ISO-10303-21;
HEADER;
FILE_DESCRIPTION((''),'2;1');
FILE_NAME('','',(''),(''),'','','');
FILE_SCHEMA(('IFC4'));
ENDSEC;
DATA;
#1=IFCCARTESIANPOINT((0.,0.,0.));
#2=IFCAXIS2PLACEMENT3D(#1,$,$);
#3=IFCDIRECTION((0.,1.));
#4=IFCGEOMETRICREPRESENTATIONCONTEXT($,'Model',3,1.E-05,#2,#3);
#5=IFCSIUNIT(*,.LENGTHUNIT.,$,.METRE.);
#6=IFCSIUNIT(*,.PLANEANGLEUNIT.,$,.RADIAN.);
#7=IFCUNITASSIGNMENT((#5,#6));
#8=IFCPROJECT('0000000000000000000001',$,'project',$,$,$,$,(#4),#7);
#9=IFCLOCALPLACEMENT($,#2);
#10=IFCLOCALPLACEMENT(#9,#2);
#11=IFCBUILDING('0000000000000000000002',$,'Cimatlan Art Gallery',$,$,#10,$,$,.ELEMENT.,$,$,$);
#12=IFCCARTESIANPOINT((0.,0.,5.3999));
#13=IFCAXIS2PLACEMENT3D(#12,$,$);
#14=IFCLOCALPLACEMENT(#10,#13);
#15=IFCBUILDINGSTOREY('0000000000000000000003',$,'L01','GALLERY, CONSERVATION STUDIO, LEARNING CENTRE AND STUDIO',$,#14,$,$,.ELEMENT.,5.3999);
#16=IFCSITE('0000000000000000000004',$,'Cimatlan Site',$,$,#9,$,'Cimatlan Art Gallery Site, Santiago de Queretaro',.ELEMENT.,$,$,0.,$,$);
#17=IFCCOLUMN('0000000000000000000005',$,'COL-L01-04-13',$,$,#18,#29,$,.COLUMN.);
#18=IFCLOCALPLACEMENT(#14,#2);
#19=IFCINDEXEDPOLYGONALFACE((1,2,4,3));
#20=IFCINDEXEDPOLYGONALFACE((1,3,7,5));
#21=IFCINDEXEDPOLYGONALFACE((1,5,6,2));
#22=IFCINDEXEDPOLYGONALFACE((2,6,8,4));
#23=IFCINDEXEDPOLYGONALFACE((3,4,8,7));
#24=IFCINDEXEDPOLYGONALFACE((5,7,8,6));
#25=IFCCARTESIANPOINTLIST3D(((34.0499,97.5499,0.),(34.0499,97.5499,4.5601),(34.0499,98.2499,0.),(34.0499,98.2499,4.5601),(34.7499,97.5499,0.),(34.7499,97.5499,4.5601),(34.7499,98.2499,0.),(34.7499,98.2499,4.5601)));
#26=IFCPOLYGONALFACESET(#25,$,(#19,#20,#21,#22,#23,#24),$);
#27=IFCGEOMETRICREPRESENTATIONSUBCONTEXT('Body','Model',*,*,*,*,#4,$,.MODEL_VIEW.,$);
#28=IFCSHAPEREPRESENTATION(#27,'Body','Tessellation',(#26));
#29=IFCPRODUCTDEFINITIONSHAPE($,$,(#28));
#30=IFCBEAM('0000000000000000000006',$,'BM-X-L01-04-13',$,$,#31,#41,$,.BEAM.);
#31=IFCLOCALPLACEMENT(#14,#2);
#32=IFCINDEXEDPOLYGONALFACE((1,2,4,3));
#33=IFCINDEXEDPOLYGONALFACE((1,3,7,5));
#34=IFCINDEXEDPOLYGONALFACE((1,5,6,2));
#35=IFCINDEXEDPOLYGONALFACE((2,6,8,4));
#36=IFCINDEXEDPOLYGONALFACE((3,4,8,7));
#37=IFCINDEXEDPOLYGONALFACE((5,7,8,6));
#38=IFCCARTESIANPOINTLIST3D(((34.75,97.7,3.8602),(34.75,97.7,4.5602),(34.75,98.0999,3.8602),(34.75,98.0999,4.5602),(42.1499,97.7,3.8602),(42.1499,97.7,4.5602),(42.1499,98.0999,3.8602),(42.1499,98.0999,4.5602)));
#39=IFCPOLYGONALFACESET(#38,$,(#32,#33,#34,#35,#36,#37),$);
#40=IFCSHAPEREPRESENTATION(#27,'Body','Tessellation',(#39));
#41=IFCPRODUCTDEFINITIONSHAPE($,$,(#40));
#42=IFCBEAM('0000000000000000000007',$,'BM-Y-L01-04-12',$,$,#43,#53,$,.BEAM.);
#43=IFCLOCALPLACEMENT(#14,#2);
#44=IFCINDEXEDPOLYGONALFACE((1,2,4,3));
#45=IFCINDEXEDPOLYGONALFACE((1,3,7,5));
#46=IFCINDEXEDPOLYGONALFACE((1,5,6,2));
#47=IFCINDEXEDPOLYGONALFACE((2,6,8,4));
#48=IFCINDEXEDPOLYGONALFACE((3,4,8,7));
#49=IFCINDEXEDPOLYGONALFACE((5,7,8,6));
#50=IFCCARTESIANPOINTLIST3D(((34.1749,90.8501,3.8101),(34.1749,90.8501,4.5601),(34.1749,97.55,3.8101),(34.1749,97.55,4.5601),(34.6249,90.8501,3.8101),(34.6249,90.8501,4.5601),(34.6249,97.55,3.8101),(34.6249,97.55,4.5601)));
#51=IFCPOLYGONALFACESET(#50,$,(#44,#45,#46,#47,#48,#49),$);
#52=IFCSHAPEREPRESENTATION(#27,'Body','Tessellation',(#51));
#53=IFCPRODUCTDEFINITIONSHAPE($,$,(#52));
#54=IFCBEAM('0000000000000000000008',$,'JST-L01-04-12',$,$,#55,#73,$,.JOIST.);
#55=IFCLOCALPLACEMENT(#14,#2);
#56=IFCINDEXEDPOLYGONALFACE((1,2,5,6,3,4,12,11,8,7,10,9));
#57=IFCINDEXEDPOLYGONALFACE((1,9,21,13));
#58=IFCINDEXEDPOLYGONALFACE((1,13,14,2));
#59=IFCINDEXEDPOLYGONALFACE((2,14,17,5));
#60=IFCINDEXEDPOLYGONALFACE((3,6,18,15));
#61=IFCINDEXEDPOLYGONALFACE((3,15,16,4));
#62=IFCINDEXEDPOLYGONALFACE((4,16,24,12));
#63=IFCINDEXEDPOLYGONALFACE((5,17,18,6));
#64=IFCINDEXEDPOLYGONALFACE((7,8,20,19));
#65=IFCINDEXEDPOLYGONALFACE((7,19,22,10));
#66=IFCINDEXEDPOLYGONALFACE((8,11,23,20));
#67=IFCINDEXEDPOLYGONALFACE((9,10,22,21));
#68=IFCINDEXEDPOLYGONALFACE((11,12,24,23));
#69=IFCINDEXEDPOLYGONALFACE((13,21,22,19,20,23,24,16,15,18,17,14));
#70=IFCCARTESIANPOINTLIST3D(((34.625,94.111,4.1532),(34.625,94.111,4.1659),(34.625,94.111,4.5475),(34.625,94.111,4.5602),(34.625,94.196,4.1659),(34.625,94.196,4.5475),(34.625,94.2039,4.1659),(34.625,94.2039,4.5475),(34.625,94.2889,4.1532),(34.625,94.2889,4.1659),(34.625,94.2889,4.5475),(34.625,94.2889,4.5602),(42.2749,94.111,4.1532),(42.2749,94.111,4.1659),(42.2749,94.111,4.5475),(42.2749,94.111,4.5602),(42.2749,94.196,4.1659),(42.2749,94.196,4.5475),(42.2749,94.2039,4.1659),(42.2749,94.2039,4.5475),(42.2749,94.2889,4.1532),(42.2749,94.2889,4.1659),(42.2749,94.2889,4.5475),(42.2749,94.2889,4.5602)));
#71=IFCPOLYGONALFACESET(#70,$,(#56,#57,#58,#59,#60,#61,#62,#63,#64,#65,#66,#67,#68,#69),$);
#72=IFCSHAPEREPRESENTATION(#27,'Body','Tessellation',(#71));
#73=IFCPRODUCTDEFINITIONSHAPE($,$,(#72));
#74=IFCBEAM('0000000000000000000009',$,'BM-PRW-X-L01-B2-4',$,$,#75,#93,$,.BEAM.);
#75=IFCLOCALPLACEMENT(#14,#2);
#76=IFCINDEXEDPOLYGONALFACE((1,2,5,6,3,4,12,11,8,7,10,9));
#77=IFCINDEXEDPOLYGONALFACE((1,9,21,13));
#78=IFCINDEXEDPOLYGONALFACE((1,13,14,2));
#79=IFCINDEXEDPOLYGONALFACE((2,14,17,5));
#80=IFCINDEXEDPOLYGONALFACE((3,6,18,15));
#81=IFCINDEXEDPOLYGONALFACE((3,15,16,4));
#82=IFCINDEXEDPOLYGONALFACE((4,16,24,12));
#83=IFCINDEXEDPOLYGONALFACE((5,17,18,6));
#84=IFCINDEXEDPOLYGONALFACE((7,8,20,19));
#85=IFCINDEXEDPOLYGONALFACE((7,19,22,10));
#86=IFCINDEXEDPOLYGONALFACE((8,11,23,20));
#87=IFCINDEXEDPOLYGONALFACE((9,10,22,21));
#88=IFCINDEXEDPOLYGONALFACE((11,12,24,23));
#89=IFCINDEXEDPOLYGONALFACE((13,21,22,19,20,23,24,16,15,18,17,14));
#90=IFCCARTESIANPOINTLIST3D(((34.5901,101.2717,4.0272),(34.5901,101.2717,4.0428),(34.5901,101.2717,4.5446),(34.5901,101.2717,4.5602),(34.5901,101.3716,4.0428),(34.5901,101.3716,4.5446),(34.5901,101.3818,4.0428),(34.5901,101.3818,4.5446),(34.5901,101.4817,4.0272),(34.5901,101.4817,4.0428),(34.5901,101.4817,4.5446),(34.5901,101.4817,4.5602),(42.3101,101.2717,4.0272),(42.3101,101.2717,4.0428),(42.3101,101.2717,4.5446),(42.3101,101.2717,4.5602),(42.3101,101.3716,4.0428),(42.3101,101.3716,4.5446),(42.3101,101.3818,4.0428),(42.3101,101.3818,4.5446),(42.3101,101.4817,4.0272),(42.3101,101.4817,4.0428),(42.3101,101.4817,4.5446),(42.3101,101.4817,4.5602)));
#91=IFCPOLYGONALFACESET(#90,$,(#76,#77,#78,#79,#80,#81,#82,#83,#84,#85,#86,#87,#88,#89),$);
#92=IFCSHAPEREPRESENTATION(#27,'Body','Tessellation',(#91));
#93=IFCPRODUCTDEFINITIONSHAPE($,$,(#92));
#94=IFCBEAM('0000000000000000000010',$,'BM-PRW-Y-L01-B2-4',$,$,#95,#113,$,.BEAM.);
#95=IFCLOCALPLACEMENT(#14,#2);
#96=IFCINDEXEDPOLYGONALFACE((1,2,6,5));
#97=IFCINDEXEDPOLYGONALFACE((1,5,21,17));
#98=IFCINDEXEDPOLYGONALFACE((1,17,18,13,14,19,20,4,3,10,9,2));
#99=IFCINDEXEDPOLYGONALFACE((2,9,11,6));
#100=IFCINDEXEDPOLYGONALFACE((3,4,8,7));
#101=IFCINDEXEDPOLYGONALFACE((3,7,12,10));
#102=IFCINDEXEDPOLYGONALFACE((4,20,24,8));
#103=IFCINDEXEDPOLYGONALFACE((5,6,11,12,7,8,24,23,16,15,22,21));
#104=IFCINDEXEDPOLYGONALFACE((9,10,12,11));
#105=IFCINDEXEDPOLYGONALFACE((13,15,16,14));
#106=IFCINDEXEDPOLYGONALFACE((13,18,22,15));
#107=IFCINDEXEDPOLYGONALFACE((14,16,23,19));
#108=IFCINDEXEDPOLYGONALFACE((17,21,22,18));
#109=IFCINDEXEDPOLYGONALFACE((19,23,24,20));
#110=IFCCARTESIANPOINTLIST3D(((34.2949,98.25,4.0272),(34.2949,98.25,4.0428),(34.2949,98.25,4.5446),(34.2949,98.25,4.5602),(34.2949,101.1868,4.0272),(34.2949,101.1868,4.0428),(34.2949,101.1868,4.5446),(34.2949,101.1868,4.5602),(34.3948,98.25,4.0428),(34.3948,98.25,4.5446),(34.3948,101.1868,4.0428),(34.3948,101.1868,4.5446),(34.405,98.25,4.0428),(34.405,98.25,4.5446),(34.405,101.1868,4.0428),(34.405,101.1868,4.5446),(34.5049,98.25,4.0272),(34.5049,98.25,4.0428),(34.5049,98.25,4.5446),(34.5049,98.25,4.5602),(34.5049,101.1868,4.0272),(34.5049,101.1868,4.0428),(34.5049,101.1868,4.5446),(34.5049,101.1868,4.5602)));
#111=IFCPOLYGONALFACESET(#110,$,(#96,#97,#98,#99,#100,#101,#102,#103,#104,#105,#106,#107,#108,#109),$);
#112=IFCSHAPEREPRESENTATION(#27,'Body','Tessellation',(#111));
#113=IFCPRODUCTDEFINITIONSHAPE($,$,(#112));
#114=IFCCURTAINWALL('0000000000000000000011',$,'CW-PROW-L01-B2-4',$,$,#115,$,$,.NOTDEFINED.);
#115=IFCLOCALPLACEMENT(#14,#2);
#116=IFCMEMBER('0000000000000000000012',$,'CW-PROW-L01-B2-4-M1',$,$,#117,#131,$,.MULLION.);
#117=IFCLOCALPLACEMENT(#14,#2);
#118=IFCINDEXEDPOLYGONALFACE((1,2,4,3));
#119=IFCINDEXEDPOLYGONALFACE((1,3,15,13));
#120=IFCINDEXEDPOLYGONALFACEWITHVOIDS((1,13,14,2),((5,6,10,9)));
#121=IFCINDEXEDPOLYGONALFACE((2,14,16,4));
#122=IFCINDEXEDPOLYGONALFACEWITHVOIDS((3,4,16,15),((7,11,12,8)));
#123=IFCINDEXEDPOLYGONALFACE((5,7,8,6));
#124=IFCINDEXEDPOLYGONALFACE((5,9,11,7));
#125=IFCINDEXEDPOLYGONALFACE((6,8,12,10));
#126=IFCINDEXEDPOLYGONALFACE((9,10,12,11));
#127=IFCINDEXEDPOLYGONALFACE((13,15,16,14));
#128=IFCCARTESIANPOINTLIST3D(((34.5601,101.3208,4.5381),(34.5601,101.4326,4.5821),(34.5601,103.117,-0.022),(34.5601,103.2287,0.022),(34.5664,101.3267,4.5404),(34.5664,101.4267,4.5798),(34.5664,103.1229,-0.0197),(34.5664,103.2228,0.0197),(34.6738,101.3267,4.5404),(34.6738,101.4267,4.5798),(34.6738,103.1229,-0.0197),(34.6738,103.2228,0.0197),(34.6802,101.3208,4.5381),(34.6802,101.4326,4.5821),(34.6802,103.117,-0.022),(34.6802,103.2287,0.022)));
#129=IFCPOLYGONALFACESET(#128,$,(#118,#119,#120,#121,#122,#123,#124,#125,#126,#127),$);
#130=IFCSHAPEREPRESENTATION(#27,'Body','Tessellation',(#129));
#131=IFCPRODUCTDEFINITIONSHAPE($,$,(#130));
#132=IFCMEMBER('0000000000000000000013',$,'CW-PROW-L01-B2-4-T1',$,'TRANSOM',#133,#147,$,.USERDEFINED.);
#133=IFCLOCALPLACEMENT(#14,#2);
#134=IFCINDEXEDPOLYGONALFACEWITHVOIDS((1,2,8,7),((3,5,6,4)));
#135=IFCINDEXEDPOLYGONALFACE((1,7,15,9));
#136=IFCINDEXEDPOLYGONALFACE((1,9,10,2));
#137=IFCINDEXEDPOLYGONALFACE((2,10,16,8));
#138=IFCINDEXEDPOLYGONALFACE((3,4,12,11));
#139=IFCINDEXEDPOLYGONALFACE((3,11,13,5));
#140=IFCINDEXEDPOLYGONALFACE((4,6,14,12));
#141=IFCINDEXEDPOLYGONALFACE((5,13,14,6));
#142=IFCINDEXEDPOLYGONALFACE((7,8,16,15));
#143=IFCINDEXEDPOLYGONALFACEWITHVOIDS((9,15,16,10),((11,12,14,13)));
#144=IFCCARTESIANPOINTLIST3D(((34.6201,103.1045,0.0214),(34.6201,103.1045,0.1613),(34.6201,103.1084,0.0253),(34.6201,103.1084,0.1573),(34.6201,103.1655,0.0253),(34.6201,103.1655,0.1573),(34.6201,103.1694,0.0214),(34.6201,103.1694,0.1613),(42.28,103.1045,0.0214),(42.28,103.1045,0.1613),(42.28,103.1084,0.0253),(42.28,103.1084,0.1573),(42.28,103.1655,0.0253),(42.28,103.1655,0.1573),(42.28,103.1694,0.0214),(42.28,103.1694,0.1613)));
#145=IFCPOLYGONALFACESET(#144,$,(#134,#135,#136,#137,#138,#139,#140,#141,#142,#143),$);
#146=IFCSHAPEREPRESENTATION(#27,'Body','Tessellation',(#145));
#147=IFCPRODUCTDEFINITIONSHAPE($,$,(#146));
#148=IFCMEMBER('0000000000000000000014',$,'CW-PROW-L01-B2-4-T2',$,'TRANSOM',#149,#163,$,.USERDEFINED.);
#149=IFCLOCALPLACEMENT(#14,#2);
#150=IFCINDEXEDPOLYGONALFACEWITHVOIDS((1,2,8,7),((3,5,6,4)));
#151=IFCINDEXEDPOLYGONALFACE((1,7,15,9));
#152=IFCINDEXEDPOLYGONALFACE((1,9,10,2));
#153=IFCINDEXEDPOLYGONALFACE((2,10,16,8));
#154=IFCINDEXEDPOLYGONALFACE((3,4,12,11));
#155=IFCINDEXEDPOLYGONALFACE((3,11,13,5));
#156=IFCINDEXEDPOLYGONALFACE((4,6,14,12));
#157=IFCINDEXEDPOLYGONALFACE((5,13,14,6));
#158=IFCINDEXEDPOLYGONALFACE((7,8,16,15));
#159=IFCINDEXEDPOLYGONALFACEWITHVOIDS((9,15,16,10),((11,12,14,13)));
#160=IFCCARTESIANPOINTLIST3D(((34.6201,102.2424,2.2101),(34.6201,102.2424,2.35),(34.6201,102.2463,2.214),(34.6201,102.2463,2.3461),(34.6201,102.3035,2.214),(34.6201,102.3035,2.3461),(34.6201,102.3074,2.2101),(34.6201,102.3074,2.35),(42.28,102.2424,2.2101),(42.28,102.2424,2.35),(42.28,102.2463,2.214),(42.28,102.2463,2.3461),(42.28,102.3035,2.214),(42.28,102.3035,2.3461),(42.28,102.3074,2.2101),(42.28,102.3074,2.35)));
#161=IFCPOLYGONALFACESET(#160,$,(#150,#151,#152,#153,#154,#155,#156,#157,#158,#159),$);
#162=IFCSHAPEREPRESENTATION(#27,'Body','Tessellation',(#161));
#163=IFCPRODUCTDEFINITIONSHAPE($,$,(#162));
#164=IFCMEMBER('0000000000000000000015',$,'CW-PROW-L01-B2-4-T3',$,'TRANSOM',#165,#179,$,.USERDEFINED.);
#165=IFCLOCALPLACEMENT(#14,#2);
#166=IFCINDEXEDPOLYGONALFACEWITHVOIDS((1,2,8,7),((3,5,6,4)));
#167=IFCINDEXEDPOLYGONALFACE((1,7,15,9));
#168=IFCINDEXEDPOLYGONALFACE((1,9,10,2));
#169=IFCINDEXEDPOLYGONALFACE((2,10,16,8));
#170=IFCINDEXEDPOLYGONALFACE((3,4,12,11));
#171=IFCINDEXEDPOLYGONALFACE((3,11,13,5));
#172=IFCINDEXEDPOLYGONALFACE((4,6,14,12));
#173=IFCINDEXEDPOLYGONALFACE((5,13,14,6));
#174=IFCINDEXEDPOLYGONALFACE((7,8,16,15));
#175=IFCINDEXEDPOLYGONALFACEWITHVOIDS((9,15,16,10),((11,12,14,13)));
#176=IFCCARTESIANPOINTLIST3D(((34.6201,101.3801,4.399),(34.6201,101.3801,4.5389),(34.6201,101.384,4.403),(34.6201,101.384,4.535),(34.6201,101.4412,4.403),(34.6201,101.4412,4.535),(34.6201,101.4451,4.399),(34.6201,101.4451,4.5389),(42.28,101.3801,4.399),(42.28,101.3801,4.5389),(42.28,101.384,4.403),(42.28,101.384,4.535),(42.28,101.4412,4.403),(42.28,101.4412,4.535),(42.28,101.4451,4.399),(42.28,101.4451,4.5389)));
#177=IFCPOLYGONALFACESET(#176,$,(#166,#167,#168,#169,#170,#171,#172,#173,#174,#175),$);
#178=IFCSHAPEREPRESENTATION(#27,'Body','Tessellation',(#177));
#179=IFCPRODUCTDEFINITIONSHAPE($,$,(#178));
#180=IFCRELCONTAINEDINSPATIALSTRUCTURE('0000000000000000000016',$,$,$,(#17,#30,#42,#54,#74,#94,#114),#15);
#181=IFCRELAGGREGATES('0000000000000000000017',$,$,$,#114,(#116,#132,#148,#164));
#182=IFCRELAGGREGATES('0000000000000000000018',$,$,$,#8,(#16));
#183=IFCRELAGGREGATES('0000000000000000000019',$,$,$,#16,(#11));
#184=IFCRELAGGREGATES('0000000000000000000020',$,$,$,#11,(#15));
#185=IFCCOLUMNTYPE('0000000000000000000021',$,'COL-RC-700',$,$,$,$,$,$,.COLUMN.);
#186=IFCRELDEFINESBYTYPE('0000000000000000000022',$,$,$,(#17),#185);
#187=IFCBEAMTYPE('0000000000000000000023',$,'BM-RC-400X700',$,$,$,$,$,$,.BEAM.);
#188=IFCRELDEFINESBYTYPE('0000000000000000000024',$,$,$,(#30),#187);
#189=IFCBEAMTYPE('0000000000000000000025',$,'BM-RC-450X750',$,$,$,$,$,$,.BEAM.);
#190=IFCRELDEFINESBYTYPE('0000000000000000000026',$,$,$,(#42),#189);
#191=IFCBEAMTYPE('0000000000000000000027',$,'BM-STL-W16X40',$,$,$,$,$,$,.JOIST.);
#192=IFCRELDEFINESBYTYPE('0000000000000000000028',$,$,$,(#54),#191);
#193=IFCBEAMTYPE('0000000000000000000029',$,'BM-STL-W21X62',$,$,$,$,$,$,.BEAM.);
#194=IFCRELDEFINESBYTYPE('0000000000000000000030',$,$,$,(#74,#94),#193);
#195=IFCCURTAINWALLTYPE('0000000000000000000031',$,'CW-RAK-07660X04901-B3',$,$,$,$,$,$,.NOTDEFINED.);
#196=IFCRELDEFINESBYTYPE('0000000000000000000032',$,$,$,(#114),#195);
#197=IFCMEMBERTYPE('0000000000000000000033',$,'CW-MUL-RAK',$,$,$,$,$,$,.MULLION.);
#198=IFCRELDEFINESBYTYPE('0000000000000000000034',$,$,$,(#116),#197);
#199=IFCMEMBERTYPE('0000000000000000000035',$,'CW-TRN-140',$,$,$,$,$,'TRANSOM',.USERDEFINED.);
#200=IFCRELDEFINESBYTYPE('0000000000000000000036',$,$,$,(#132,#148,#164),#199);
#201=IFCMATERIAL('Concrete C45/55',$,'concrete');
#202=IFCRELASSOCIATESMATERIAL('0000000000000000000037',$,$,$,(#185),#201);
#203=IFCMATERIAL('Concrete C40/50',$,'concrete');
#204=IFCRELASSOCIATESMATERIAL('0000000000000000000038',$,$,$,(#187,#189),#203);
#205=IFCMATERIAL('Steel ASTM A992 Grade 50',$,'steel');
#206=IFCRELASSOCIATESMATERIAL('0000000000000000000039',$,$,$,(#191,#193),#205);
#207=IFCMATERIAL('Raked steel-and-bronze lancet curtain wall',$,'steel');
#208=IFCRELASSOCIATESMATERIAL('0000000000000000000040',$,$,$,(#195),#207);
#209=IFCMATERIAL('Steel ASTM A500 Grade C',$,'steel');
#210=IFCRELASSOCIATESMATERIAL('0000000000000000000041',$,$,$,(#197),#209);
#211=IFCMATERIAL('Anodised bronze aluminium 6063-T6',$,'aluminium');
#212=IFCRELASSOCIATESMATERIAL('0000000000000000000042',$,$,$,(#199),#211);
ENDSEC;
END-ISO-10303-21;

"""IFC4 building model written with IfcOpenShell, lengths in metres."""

from ifc_helpers import new_model, si_unit, direction, frame, origin, origin_2d, place, context, subcontext, project, spatial, rectangle, hollow_rectangle, i_section, extrude, material, material_profile, profile_set, type_object, element, aggregate, save


model = new_model("IFC4")

# Units and contexts
model_context = context("Model", 3, precision=1e-05, world=origin(), true_north=direction((0.0, 1.0)))
body_context = subcontext(model_context, "Body", "Model", "MODEL_VIEW")
ifc_project = project(units=[si_unit("LENGTHUNIT", "METRE"), si_unit("PLANEANGLEUNIT", "RADIAN")], contexts=[model_context])

# Site, building, storey
site_placement = place(None, origin())
site = spatial("IfcSite", under=ifc_project, at=site_placement, Name="Cimatlan Site", LongName="Cimatlan Art Gallery Site, Santiago de Queretaro", CompositionType="ELEMENT", RefElevation=0.0)
building_placement = place(site_placement, origin())
building = spatial("IfcBuilding", under=site, at=building_placement, Name="Cimatlan Art Gallery", CompositionType="ELEMENT")
storey_placement = place(building_placement, frame((0.0, 0.0, 5.3999)))
storey = spatial("IfcBuildingStorey", under=building, at=storey_placement, Name="L01", Description="GALLERY, CONSERVATION STUDIO, LEARNING CENTRE AND STUDIO", CompositionType="ELEMENT", Elevation=5.3999)

# Column
ifc_material_1 = material(Name="Concrete C45/55", Category="concrete")
ifc_material_profile_1 = material_profile(ifc_material_1, rectangle(XDim=0.7, YDim=0.7, at=origin_2d()), Name="RC700X700")
ifc_profile_set_1 = profile_set([ifc_material_profile_1], Name="Concrete C45/55")
column_type = type_object("IfcColumnType", Name="COL-RC-700", PredefinedType="COLUMN", material=ifc_profile_set_1)
column_placement = place(storey_placement, frame((34.3999, 97.8999, 0.0), z_axis=(0.0, 0.0, 1.0), x_axis=(1.0, 0.0, 0.0)))
element("IfcColumn", 1, at=column_placement, inside=storey, type_object=column_type, Name="COL-L01-04-13", PredefinedType="COLUMN", context=body_context, shape_type="SweptSolid", body=[
    extrude(rectangle(XDim=0.7, YDim=0.7, at=origin_2d()), origin(), (0.0, 0.0, 1.0), 4.5601),
])

# Beams
ifc_material_2 = material(Name="Concrete C40/50", Category="concrete")
ifc_material_profile_2 = material_profile(ifc_material_2, rectangle(XDim=0.3999, YDim=0.7, at=origin_2d()), Name="RC400X700")
ifc_profile_set_2 = profile_set([ifc_material_profile_2], Name="Concrete C40/50")
beam_type_1 = type_object("IfcBeamType", Name="BM-RC-400X700", PredefinedType="BEAM", material=ifc_profile_set_2)
beam_1_placement = place(storey_placement, frame((34.75, 97.8999, 4.2102), z_axis=(1.0, 0.0, 0.0), x_axis=(0.0, 1.0, 0.0)))
element("IfcBeam", 2, at=beam_1_placement, inside=storey, type_object=beam_type_1, Name="BM-X-L01-04-13", PredefinedType="BEAM", context=body_context, shape_type="SweptSolid", body=[
    extrude(rectangle(XDim=0.3999, YDim=0.7, at=origin_2d()), origin(), (0.0, 0.0, 1.0), 7.3999),
])
ifc_material_profile_3 = material_profile(ifc_material_2, rectangle(XDim=0.45, YDim=0.75, at=origin_2d()), Name="RC450X750")
ifc_profile_set_3 = profile_set([ifc_material_profile_3], Name="Concrete C40/50")
beam_type_2 = type_object("IfcBeamType", Name="BM-RC-450X750", PredefinedType="BEAM", material=ifc_profile_set_3)
beam_2_placement = place(storey_placement, frame((34.3999, 90.8501, 4.1851), z_axis=(0.0, 1.0, 0.0), x_axis=(-1.0, 0.0, 0.0)))
element("IfcBeam", 3, at=beam_2_placement, inside=storey, type_object=beam_type_2, Name="BM-Y-L01-04-12", PredefinedType="BEAM", context=body_context, shape_type="SweptSolid", body=[
    extrude(rectangle(XDim=0.45, YDim=0.75, at=origin_2d()), origin(), (0.0, 0.0, 1.0), 6.7),
])
ifc_material_3 = material(Name="Steel ASTM A992 Grade 50", Category="steel")
ifc_material_profile_4 = material_profile(ifc_material_3, i_section(OverallWidth=0.178, OverallDepth=0.407, WebThickness=0.0078, FlangeThickness=0.0127, at=origin_2d()), Name="W16X40")
ifc_profile_set_4 = profile_set([ifc_material_profile_4], Name="Steel ASTM A992 Grade 50")
beam_type_3 = type_object("IfcBeamType", Name="BM-STL-W16X40", PredefinedType="JOIST", material=ifc_profile_set_4)
beam_3_placement = place(storey_placement, frame((34.625, 94.2, 4.3567), z_axis=(1.0, 0.0, 0.0), x_axis=(0.0, 1.0, 0.0)))
element("IfcBeam", 4, at=beam_3_placement, inside=storey, type_object=beam_type_3, Name="JST-L01-04-12", PredefinedType="JOIST", context=body_context, shape_type="SweptSolid", body=[
    extrude(i_section(OverallWidth=0.178, OverallDepth=0.407, WebThickness=0.0078, FlangeThickness=0.0127, at=origin_2d()), origin(), (0.0, 0.0, 1.0), 7.6499),
])
ifc_material_profile_5 = material_profile(ifc_material_3, i_section(OverallWidth=0.21, OverallDepth=0.533, WebThickness=0.0103, FlangeThickness=0.0156, at=origin_2d()), Name="W21X62")
ifc_profile_set_5 = profile_set([ifc_material_profile_5], Name="Steel ASTM A992 Grade 50")
beam_type_4 = type_object("IfcBeamType", Name="BM-STL-W21X62", PredefinedType="BEAM", material=ifc_profile_set_5)
beam_4_placement = place(storey_placement, frame((34.5901, 101.3767, 4.2937), z_axis=(1.0, 0.0, 0.0), x_axis=(0.0, 1.0, 0.0)))
element("IfcBeam", 5, at=beam_4_placement, inside=storey, type_object=beam_type_4, Name="BM-PRW-X-L01-B2-4", PredefinedType="BEAM", context=body_context, shape_type="SweptSolid", body=[
    extrude(i_section(OverallWidth=0.21, OverallDepth=0.533, WebThickness=0.0103, FlangeThickness=0.0156, at=origin_2d()), origin(), (0.0, 0.0, 1.0), 7.72),
])
beam_5_placement = place(storey_placement, frame((34.3999, 98.25, 4.2937), z_axis=(0.0, 1.0, 0.0), x_axis=(-1.0, 0.0, 0.0)))
element("IfcBeam", 6, at=beam_5_placement, inside=storey, type_object=beam_type_4, Name="BM-PRW-Y-L01-B2-4", PredefinedType="BEAM", context=body_context, shape_type="SweptSolid", body=[
    extrude(i_section(OverallWidth=0.21, OverallDepth=0.533, WebThickness=0.0103, FlangeThickness=0.0156, at=origin_2d()), origin(), (0.0, 0.0, 1.0), 2.9368),
])

# Curtain wall, members
ifc_material_4 = material(Name="Raked steel-and-bronze lancet curtain wall", Category="steel")
curtain_wall_type = type_object("IfcCurtainWallType", Name="CW-RAK-07660X04901-B3", PredefinedType="NOTDEFINED", material=ifc_material_4)
curtain_wall_placement = place(storey_placement, origin())
curtain_wall = element("IfcCurtainWall", 7, at=curtain_wall_placement, inside=storey, type_object=curtain_wall_type, Name="CW-PROW-L01-B2-4", PredefinedType="NOTDEFINED")
ifc_material_5 = material(Name="Steel ASTM A500 Grade C", Category="steel")
ifc_material_profile_6 = material_profile(ifc_material_5, hollow_rectangle(XDim=0.1201, YDim=0.1201, WallThickness=0.0063, at=origin_2d()), Name="HSS120X120X6")
ifc_profile_set_6 = profile_set([ifc_material_profile_6], Name="Steel ASTM A500 Grade C")
member_type_1 = type_object("IfcMemberType", Name="CW-MUL-RAK", PredefinedType="MULLION", material=ifc_profile_set_6)
member_1_placement = place(storey_placement, frame((34.6201, 103.1729, 0.0), z_axis=(0.0, -0.366481, 0.930425), x_axis=(1.0, 0.0, 0.0)))
member_1 = element("IfcMember", 8, at=member_1_placement, type_object=member_type_1, Name="CW-PROW-L01-B2-4-M1", PredefinedType="MULLION", context=body_context, shape_type="SweptSolid", body=[
    extrude(hollow_rectangle(XDim=0.1201, YDim=0.1201, WallThickness=0.0063, at=origin_2d()), origin(), (0.0, 0.0, 1.0), 4.9011),
])
ifc_material_6 = material(Name="Anodised bronze aluminium 6063-T6", Category="aluminium")
ifc_material_profile_7 = material_profile(ifc_material_6, hollow_rectangle(XDim=0.0649, YDim=0.1399, WallThickness=0.0039, at=origin_2d()), Name="ALU65X140X4")
ifc_profile_set_7 = profile_set([ifc_material_profile_7], Name="Anodised bronze aluminium 6063-T6")
member_type_2 = type_object("IfcMemberType", Name="CW-TRN-140", ElementType="TRANSOM", PredefinedType="USERDEFINED", material=ifc_profile_set_7)
member_2_placement = place(storey_placement, frame((34.6201, 103.137, 0.0913), z_axis=(1.0, 0.0, 0.0), x_axis=(0.0, 1.0, 0.0)))
member_2 = element("IfcMember", 9, at=member_2_placement, type_object=member_type_2, Name="CW-PROW-L01-B2-4-T1", ObjectType="TRANSOM", PredefinedType="USERDEFINED", context=body_context, shape_type="SweptSolid", body=[
    extrude(hollow_rectangle(XDim=0.0649, YDim=0.1399, WallThickness=0.0039, at=origin_2d()), origin(), (0.0, 0.0, 1.0), 7.6599),
])
member_3_placement = place(storey_placement, frame((34.6201, 102.2749, 2.28), z_axis=(1.0, 0.0, 0.0), x_axis=(0.0, 1.0, 0.0)))
member_3 = element("IfcMember", 10, at=member_3_placement, type_object=member_type_2, Name="CW-PROW-L01-B2-4-T2", ObjectType="TRANSOM", PredefinedType="USERDEFINED", context=body_context, shape_type="SweptSolid", body=[
    extrude(hollow_rectangle(XDim=0.0649, YDim=0.1399, WallThickness=0.0039, at=origin_2d()), origin(), (0.0, 0.0, 1.0), 7.6599),
])
member_4_placement = place(storey_placement, frame((34.6201, 101.4126, 4.469), z_axis=(1.0, 0.0, 0.0), x_axis=(0.0, 1.0, 0.0)))
member_4 = element("IfcMember", 11, at=member_4_placement, type_object=member_type_2, Name="CW-PROW-L01-B2-4-T3", ObjectType="TRANSOM", PredefinedType="USERDEFINED", context=body_context, shape_type="SweptSolid", body=[
    extrude(hollow_rectangle(XDim=0.0649, YDim=0.1399, WallThickness=0.0039, at=origin_2d()), origin(), (0.0, 0.0, 1.0), 7.6599),
])

aggregate(curtain_wall, [member_1, member_2, member_3, member_4])

save(model, "model.ifc")
